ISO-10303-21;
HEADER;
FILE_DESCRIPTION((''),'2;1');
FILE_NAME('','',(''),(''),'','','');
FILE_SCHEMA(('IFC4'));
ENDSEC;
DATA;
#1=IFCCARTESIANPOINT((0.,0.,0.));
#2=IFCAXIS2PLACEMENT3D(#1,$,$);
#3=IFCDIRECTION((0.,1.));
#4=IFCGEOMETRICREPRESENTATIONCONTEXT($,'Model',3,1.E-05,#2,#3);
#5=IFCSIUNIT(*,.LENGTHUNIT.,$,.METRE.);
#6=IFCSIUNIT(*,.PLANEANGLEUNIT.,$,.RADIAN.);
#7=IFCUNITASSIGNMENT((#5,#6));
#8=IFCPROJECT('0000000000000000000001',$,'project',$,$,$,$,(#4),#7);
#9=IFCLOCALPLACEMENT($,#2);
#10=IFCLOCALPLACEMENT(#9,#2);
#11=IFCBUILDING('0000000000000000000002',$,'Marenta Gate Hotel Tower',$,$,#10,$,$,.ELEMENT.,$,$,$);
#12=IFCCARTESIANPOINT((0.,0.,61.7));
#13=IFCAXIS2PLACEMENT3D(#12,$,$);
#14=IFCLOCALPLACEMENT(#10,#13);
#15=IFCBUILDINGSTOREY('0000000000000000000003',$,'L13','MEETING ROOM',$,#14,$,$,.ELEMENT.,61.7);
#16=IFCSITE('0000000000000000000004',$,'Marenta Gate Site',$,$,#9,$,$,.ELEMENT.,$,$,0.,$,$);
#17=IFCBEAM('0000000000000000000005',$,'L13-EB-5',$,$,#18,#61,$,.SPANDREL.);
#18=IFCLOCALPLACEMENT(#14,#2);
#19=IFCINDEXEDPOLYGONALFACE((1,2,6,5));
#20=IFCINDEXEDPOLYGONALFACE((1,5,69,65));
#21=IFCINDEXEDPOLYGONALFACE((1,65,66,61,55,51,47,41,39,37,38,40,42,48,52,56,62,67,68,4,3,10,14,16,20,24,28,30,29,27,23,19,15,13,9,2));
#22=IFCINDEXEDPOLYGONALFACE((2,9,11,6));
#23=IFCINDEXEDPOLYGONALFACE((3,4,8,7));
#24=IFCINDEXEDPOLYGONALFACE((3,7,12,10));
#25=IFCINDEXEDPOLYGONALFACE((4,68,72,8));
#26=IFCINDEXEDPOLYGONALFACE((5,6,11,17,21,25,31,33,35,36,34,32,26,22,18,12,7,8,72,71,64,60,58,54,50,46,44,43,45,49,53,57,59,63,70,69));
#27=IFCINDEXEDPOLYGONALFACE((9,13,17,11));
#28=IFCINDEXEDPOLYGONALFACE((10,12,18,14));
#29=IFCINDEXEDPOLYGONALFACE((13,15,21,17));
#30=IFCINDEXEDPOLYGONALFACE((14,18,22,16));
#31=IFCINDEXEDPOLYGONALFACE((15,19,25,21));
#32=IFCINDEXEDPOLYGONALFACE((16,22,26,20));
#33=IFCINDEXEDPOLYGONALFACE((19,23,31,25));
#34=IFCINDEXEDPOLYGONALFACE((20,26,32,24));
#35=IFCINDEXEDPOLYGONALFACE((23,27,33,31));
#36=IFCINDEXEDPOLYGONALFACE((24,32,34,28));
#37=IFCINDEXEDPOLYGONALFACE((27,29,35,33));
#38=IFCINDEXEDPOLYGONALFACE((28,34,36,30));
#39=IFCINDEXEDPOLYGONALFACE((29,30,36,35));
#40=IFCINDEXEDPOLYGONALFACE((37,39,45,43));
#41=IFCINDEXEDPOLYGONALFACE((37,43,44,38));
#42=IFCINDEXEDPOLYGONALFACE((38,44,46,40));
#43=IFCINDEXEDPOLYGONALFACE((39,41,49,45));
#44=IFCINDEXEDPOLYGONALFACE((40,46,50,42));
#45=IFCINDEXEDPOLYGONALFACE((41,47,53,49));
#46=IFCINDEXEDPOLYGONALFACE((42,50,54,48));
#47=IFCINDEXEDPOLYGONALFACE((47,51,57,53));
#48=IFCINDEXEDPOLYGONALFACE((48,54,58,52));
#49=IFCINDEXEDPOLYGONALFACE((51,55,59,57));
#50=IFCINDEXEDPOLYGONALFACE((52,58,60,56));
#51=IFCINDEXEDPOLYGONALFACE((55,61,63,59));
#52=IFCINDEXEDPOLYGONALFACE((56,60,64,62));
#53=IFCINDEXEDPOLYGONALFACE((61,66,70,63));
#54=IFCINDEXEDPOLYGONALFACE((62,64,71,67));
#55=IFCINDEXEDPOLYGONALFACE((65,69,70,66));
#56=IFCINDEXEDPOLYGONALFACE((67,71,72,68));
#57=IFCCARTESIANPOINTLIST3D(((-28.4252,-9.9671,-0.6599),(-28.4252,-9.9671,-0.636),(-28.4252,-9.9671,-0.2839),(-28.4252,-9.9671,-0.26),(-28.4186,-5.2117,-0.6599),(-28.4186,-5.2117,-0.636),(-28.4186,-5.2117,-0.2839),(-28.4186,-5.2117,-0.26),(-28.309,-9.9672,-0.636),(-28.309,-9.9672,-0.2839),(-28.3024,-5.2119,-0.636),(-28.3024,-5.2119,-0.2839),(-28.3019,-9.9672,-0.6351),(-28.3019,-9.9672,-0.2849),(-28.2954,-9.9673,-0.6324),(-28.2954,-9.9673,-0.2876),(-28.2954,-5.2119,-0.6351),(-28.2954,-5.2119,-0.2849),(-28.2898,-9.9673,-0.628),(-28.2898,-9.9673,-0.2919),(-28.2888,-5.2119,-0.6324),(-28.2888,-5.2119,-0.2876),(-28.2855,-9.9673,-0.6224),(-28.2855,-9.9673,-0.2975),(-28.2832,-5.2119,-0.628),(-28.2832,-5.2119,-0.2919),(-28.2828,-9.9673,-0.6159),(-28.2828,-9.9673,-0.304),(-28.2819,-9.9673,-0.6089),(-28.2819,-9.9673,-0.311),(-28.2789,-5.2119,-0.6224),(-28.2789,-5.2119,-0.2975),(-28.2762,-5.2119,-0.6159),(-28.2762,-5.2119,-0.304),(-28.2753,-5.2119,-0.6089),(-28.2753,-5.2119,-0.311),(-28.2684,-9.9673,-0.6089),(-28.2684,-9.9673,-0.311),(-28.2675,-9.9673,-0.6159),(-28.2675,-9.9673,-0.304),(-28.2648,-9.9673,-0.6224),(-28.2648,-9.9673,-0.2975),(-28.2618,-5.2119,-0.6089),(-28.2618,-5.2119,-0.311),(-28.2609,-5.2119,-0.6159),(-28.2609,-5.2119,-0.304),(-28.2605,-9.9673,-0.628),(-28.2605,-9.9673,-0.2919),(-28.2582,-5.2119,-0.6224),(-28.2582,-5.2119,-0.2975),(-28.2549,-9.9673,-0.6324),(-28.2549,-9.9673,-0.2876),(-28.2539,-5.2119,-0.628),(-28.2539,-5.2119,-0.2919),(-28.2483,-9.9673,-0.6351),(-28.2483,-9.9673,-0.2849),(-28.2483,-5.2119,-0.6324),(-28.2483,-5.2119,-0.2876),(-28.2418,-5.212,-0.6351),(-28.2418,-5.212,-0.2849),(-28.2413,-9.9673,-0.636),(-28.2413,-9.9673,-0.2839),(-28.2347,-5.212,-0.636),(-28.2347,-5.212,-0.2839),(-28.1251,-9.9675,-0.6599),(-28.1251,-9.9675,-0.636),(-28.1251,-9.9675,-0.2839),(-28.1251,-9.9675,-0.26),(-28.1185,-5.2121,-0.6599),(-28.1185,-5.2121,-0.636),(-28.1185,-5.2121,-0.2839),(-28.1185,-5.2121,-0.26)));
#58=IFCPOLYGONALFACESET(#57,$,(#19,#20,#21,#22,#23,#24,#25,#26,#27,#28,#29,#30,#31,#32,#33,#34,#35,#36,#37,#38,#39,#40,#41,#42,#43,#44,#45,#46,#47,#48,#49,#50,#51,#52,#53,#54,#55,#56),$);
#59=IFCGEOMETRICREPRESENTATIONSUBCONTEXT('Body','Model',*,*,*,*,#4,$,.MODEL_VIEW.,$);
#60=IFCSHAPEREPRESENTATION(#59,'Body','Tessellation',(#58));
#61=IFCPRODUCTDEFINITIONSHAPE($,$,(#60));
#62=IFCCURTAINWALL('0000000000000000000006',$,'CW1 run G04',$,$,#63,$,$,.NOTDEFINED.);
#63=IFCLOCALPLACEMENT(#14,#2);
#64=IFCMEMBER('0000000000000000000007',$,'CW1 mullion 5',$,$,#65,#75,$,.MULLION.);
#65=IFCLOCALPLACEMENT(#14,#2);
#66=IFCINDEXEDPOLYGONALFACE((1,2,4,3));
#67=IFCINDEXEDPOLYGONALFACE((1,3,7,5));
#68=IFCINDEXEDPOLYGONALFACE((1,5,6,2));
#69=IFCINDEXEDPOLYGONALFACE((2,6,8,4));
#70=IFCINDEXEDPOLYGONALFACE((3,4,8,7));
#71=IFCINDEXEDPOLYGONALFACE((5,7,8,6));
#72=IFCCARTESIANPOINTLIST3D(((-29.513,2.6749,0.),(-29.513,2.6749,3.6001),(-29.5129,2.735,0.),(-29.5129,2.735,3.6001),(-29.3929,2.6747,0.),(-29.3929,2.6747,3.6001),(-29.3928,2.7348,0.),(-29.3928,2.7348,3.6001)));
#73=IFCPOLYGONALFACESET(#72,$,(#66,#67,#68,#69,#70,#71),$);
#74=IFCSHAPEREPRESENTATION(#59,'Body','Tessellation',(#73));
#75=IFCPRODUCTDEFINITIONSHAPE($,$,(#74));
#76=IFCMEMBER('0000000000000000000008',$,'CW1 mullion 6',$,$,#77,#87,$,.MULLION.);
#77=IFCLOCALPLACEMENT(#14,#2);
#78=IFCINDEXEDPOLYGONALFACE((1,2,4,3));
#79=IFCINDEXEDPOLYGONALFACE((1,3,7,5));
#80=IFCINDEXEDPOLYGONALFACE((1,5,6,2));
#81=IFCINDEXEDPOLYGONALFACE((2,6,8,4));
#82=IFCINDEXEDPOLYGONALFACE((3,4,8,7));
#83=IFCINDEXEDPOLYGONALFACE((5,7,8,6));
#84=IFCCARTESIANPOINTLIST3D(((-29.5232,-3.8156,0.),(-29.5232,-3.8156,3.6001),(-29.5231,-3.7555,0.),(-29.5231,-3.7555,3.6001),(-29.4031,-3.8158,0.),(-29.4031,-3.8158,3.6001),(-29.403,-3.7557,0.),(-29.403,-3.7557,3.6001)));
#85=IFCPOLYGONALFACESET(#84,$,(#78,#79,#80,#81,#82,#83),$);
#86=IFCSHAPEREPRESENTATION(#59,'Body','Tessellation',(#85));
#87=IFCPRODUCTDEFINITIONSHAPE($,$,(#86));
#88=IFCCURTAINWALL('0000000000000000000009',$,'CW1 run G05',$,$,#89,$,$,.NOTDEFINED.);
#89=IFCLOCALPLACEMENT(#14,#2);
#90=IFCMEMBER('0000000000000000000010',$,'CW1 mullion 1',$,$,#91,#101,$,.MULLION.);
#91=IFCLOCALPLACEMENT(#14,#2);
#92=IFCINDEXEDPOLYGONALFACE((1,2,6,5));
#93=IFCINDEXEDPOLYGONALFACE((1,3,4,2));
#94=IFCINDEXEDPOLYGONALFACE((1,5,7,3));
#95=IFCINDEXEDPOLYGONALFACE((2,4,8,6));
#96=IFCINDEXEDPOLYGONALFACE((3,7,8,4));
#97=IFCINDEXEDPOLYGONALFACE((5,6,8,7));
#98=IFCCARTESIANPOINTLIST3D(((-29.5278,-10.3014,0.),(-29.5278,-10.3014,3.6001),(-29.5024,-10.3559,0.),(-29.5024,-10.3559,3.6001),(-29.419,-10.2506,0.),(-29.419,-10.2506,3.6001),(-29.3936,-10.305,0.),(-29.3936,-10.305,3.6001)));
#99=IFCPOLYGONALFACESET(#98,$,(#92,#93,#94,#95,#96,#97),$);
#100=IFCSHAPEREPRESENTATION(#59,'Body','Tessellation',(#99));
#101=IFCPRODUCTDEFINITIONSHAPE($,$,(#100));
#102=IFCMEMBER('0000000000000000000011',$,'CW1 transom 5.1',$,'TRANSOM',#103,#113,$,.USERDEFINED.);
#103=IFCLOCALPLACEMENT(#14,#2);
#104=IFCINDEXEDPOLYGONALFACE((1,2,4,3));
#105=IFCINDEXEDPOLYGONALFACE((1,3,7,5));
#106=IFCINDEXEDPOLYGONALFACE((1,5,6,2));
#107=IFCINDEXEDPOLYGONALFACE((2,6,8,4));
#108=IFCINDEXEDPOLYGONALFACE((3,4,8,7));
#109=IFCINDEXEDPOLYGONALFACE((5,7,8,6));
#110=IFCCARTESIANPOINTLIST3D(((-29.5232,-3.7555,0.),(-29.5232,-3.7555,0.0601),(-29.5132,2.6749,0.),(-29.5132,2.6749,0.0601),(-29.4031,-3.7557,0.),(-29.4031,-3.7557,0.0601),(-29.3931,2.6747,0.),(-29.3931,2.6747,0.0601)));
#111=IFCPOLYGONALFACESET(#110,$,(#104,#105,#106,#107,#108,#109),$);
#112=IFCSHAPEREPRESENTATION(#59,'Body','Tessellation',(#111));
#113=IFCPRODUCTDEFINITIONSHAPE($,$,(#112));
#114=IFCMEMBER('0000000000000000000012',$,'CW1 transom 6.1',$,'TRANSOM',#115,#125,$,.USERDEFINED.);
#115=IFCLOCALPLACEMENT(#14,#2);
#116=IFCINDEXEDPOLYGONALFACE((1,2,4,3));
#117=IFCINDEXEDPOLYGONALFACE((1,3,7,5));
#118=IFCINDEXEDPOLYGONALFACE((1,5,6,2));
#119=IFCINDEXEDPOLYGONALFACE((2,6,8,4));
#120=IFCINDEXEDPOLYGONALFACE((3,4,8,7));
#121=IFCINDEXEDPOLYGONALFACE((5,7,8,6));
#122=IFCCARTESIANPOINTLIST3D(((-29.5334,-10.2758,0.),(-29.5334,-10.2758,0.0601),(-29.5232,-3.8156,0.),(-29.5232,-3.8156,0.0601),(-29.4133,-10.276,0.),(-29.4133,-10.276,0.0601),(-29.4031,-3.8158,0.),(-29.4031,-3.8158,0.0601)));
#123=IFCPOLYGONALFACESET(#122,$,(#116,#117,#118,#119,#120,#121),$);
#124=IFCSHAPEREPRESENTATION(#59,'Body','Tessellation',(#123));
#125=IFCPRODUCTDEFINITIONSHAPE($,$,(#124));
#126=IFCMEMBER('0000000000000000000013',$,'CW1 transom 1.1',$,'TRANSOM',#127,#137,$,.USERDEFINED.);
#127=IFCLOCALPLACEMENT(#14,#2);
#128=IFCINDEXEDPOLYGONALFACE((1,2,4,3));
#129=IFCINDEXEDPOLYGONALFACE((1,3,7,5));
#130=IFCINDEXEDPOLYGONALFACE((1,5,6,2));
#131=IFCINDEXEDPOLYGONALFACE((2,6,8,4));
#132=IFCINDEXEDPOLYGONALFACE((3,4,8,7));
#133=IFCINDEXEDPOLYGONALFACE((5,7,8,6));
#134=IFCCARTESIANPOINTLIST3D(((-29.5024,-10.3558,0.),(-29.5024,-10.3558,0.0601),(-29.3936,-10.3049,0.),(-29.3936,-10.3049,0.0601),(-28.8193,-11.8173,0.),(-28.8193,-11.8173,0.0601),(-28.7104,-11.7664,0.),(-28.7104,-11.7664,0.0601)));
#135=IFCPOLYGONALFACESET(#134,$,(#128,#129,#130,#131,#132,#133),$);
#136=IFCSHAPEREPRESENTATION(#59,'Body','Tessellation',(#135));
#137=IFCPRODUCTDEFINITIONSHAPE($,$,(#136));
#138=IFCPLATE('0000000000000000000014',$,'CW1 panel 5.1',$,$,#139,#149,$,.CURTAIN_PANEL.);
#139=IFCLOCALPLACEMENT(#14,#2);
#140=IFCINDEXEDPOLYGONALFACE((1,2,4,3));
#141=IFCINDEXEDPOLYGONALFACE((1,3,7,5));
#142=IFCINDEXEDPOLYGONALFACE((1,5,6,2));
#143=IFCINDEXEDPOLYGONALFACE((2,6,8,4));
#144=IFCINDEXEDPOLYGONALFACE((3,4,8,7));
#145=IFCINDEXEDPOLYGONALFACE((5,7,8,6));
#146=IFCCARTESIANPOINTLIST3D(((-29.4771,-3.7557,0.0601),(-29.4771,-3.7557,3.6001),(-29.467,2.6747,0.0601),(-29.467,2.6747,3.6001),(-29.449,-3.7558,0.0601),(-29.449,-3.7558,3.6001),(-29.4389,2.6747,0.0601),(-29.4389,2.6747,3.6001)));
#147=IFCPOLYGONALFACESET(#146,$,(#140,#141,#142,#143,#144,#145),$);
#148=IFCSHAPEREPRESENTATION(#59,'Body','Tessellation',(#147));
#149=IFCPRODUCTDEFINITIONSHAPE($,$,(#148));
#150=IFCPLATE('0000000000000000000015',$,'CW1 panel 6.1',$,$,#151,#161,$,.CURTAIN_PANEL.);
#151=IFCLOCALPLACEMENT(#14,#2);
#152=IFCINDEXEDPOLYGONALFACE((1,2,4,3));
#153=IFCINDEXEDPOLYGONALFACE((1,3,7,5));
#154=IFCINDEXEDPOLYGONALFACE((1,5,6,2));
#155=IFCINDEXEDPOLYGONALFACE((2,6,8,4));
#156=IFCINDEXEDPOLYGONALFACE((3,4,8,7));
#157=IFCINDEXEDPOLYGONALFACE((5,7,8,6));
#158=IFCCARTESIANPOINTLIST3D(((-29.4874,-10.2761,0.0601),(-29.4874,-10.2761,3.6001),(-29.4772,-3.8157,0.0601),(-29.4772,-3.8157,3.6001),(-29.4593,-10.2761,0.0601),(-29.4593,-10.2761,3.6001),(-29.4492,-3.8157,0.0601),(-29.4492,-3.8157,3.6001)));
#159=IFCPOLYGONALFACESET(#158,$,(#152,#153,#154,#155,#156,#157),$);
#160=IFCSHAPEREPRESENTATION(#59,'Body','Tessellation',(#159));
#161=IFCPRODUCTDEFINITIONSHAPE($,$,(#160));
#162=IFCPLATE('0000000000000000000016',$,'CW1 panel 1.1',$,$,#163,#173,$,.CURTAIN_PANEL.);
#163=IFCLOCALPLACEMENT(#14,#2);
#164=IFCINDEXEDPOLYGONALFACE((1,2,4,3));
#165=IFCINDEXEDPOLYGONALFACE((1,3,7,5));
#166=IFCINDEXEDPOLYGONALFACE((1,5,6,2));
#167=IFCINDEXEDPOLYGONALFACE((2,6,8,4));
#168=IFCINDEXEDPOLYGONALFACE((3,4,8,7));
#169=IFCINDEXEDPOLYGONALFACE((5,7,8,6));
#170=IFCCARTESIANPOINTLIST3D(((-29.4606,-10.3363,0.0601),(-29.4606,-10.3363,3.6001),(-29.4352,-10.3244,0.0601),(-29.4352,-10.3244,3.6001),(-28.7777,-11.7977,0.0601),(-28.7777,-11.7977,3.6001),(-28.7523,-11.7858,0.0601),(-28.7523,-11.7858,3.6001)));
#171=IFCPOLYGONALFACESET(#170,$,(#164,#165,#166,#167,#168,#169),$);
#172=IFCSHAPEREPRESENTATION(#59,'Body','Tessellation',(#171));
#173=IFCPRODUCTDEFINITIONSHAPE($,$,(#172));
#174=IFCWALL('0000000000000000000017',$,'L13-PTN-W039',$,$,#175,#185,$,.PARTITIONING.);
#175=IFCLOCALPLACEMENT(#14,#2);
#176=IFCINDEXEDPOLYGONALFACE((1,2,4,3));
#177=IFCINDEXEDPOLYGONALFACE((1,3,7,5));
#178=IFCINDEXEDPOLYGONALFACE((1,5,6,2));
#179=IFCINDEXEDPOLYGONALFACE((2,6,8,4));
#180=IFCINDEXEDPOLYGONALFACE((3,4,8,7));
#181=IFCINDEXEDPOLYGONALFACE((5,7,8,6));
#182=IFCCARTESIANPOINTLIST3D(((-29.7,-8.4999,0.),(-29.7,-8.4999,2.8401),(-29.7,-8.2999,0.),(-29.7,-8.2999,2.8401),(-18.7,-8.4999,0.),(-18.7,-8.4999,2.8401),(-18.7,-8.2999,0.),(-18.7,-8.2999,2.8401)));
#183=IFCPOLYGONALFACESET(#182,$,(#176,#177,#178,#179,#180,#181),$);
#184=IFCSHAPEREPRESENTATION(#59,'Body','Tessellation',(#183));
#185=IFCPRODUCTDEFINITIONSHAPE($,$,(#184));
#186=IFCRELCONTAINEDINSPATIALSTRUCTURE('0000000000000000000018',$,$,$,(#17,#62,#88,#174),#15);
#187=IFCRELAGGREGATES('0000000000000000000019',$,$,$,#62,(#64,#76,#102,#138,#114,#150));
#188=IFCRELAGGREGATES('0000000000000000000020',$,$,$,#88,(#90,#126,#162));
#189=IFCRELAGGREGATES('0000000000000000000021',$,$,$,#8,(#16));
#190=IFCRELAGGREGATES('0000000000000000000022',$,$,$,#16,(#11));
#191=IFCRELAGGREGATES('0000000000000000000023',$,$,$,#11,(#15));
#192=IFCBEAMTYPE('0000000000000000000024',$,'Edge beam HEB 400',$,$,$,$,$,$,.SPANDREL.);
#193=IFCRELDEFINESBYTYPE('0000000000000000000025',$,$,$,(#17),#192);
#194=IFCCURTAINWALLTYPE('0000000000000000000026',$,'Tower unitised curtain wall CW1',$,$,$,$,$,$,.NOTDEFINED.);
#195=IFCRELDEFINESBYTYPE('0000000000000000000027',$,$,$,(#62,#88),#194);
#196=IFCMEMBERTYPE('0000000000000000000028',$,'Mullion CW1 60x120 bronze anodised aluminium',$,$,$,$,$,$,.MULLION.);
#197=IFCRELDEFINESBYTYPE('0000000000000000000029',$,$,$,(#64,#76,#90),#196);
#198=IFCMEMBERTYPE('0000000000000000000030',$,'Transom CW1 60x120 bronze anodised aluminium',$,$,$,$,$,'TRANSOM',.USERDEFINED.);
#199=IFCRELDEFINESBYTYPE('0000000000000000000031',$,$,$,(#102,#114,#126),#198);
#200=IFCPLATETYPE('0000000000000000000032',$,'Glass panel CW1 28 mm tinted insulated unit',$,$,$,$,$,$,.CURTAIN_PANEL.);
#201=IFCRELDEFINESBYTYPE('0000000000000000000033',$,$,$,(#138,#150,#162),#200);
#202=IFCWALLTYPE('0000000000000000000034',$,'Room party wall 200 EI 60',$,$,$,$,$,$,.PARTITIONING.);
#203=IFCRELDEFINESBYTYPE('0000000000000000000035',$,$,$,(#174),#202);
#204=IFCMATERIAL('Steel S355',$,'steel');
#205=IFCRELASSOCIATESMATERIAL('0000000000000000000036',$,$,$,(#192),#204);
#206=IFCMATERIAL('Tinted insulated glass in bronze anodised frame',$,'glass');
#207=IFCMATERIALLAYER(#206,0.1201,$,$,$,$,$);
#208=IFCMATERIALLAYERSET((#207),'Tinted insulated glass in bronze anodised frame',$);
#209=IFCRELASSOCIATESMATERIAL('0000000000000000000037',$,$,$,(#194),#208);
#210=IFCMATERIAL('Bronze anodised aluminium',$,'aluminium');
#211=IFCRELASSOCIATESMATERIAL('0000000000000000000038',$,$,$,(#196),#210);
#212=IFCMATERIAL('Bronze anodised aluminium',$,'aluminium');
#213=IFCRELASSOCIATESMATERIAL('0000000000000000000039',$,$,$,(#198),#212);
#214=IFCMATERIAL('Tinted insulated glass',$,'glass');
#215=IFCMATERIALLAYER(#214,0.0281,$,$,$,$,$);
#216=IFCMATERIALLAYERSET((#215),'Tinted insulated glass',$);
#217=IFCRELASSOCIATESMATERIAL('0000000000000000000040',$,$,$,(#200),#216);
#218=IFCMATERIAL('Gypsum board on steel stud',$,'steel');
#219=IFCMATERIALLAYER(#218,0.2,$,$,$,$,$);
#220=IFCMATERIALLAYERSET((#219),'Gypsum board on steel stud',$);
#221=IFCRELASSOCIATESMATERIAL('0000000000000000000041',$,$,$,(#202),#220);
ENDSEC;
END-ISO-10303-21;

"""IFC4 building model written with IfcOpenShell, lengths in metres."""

from ifc_helpers import new_model, si_unit, direction, frame, frame_2d, origin, origin_2d, place, context, subcontext, project, spatial, rectangle, i_section, extrude, material, layer, layer_set, material_profile, profile_set, type_object, element, aggregate, save


model = new_model("IFC4")

# Units and contexts
model_context = context("Model", 3, precision=1e-05, world=origin(), true_north=direction((0.0, 1.0)))
body_context = subcontext(model_context, "Body", "Model", "MODEL_VIEW")
ifc_project = project(units=[si_unit("LENGTHUNIT", "METRE"), si_unit("PLANEANGLEUNIT", "RADIAN")], contexts=[model_context])

# Site, building, storey
site_placement = place(None, origin())
site = spatial("IfcSite", under=ifc_project, at=site_placement, Name="Marenta Gate Site", CompositionType="ELEMENT", RefElevation=0.0)
building_placement = place(site_placement, origin())
building = spatial("IfcBuilding", under=site, at=building_placement, Name="Marenta Gate Hotel Tower", CompositionType="ELEMENT")
storey_placement = place(building_placement, frame((0.0, 0.0, 61.7)))
storey = spatial("IfcBuildingStorey", under=building, at=storey_placement, Name="L13", Description="MEETING ROOM", CompositionType="ELEMENT", Elevation=61.7)

# Beam
ifc_material_1 = material(Name="Steel S355", Category="steel")
ifc_material_profile_1 = material_profile(ifc_material_1, i_section(OverallWidth=0.3, OverallDepth=0.3999, WebThickness=0.0134, FlangeThickness=0.0239, FilletRadius=0.0271, at=origin_2d()), Name="HEB 400")
ifc_profile_set_1 = profile_set([ifc_material_profile_1], Name="Steel S355")
beam_type = type_object("IfcBeamType", Name="Edge beam HEB 400", PredefinedType="SPANDREL", material=ifc_profile_set_1)
beam_placement = place(storey_placement, frame((-28.2751, -9.9673, -0.46), z_axis=(0.001386, 0.999999, 0.0), x_axis=(-0.999999, 0.001386, 0.0)))
element("IfcBeam", 1, at=beam_placement, inside=storey, type_object=beam_type, Name="L13-EB-5", PredefinedType="SPANDREL", context=body_context, shape_type="SweptSolid", body=[
    extrude(i_section(OverallWidth=0.3, OverallDepth=0.3999, WebThickness=0.0134, FlangeThickness=0.0239, FilletRadius=0.0271, at=origin_2d()), origin(), (0.0, 0.0, 1.0), 4.7554),
])

# Curtain wall, members
ifc_material_2 = material(Name="Tinted insulated glass in bronze anodised frame", Category="glass")
ifc_layer_1 = layer(ifc_material_2, 0.1201)
ifc_layer_set_1 = layer_set([ifc_layer_1], Name="Tinted insulated glass in bronze anodised frame")
curtain_wall_type = type_object("IfcCurtainWallType", Name="Tower unitised curtain wall CW1", PredefinedType="NOTDEFINED", material=ifc_layer_set_1)
curtain_wall_1_placement = place(storey_placement, origin())
curtain_wall_1 = element("IfcCurtainWall", 2, at=curtain_wall_1_placement, inside=storey, type_object=curtain_wall_type, Name="CW1 run G04", PredefinedType="NOTDEFINED")
ifc_material_3 = material(Name="Bronze anodised aluminium", Category="aluminium")
ifc_material_profile_2 = material_profile(ifc_material_3, rectangle(XDim=0.1201, YDim=0.0601, at=origin_2d()), Name="Mullion CW1 60x120 bronze anodised aluminium")
ifc_profile_set_2 = profile_set([ifc_material_profile_2], Name="Bronze anodised aluminium")
member_type_1 = type_object("IfcMemberType", Name="Mullion CW1 60x120 bronze anodised aluminium", PredefinedType="MULLION", material=ifc_profile_set_2)
member_1_placement = place(storey_placement, frame((-29.4529, 2.7048, 0.0), z_axis=(0.0, 0.0, 1.0), x_axis=(0.999999, -0.001566, 0.0)))
member_1 = element("IfcMember", 3, at=member_1_placement, type_object=member_type_1, Name="CW1 mullion 5", PredefinedType="MULLION", context=body_context, shape_type="SweptSolid", body=[
    extrude(rectangle(XDim=0.1201, YDim=0.0601, at=origin_2d()), origin(), (0.0, 0.0, 1.0), 3.6001),
])
member_2_placement = place(storey_placement, frame((-29.4631, -3.7856, 0.0), z_axis=(0.0, 0.0, 1.0), x_axis=(0.999999, -0.001566, 0.0)))
member_2 = element("IfcMember", 4, at=member_2_placement, type_object=member_type_1, Name="CW1 mullion 6", PredefinedType="MULLION", context=body_context, shape_type="SweptSolid", body=[
    extrude(rectangle(XDim=0.1201, YDim=0.0601, at=origin_2d()), origin(), (0.0, 0.0, 1.0), 3.6001),
])

# Curtain wall, member
curtain_wall_2_placement = place(storey_placement, origin())
curtain_wall_2 = element("IfcCurtainWall", 5, at=curtain_wall_2_placement, inside=storey, type_object=curtain_wall_type, Name="CW1 run G05", PredefinedType="NOTDEFINED")
member_3_placement = place(storey_placement, frame((-29.4607, -10.3032, 0.0), z_axis=(0.0, 0.0, 1.0), x_axis=(0.905971, 0.42334, 0.0)))
member_3 = element("IfcMember", 6, at=member_3_placement, type_object=member_type_1, Name="CW1 mullion 1", PredefinedType="MULLION", context=body_context, shape_type="SweptSolid", body=[
    extrude(rectangle(XDim=0.1201, YDim=0.0601, at=origin_2d()), origin(), (0.0, 0.0, 1.0), 3.6001),
])

# Members
ifc_material_4 = material(Name="Bronze anodised aluminium", Category="aluminium")
ifc_material_profile_3 = material_profile(ifc_material_4, rectangle(XDim=0.1201, YDim=0.0601, at=origin_2d()), Name="Transom CW1 60x120 bronze anodised aluminium")
ifc_profile_set_3 = profile_set([ifc_material_profile_3], Name="Bronze anodised aluminium")
member_type_2 = type_object("IfcMemberType", Name="Transom CW1 60x120 bronze anodised aluminium", ElementType="TRANSOM", PredefinedType="USERDEFINED", material=ifc_profile_set_3)
member_4_placement = place(storey_placement, frame((-29.4531, 2.6748, 0.03), z_axis=(-0.001557, -0.999999, 0.0), x_axis=(0.999999, -0.001557, 0.0)))
member_4 = element("IfcMember", 7, at=member_4_placement, type_object=member_type_2, Name="CW1 transom 5.1", ObjectType="TRANSOM", PredefinedType="USERDEFINED", context=body_context, shape_type="SweptSolid", body=[
    extrude(rectangle(XDim=0.1201, YDim=0.0601, at=origin_2d()), origin(), (0.0, 0.0, 1.0), 6.4304),
])
member_5_placement = place(storey_placement, frame((-29.4631, -3.8157, 0.03), z_axis=(-0.001587, -0.999999, 0.0), x_axis=(0.999999, -0.001587, 0.0)))
member_5 = element("IfcMember", 8, at=member_5_placement, type_object=member_type_2, Name="CW1 transom 6.1", ObjectType="TRANSOM", PredefinedType="USERDEFINED", context=body_context, shape_type="SweptSolid", body=[
    extrude(rectangle(XDim=0.1201, YDim=0.0601, at=origin_2d()), origin(), (0.0, 0.0, 1.0), 6.4602),
])
member_6_placement = place(storey_placement, frame((-29.448, -10.3303, 0.03), z_axis=(0.423449, -0.90592, 0.0), x_axis=(0.90592, 0.423449, 0.0)))
member_6 = element("IfcMember", 9, at=member_6_placement, type_object=member_type_2, Name="CW1 transom 1.1", ObjectType="TRANSOM", PredefinedType="USERDEFINED", context=body_context, shape_type="SweptSolid", body=[
    extrude(rectangle(XDim=0.1201, YDim=0.0601, at=origin_2d()), origin(), (0.0, 0.0, 1.0), 1.6133),
])

# Plates
ifc_material_5 = material(Name="Tinted insulated glass", Category="glass")
ifc_layer_2 = layer(ifc_material_5, 0.0281)
ifc_layer_set_2 = layer_set([ifc_layer_2], Name="Tinted insulated glass")
plate_type = type_object("IfcPlateType", Name="Glass panel CW1 28 mm tinted insulated unit", PredefinedType="CURTAIN_PANEL", material=ifc_layer_set_2)
plate_1_placement = place(storey_placement, frame((-29.458, -0.5405, 0.0601), z_axis=(0.0, 0.0, 1.0), x_axis=(-0.001566, -0.999999, 0.0)))
plate_1 = element("IfcPlate", 10, at=plate_1_placement, type_object=plate_type, Name="CW1 panel 5.1", PredefinedType="CURTAIN_PANEL", context=body_context, shape_type="SweptSolid", body=[
    extrude(rectangle(XDim=6.4304, YDim=0.0281, at=origin_2d()), origin(), (0.0, 0.0, 1.0), 3.54),
])
plate_2_placement = place(storey_placement, frame((-29.4683, -7.0459, 0.0601), z_axis=(0.0, 0.0, 1.0), x_axis=(-0.001566, -0.999999, 0.0)))
plate_2 = element("IfcPlate", 11, at=plate_2_placement, type_object=plate_type, Name="CW1 panel 6.1", PredefinedType="CURTAIN_PANEL", context=body_context, shape_type="SweptSolid", body=[
    extrude(rectangle(XDim=6.4604, YDim=0.0281, at=origin_2d()), origin(), (0.0, 0.0, 1.0), 3.54),
])
aggregate(curtain_wall_1, [member_1, member_2, member_4, plate_1, member_5, plate_2])
plate_3_placement = place(storey_placement, frame((-29.1064, -11.061, 0.0601), z_axis=(0.0, 0.0, 1.0), x_axis=(0.42334, -0.905971, 0.0)))
plate_3 = element("IfcPlate", 12, at=plate_3_placement, type_object=plate_type, Name="CW1 panel 1.1", PredefinedType="CURTAIN_PANEL", context=body_context, shape_type="SweptSolid", body=[
    extrude(rectangle(XDim=1.613, YDim=0.0281, at=origin_2d()), origin(), (0.0, 0.0, 1.0), 3.54),
])
aggregate(curtain_wall_2, [member_3, member_6, plate_3])

# Wall
ifc_material_6 = material(Name="Gypsum board on steel stud", Category="steel")
ifc_layer_3 = layer(ifc_material_6, 0.2)
ifc_layer_set_3 = layer_set([ifc_layer_3], Name="Gypsum board on steel stud")
wall_type = type_object("IfcWallType", Name="Room party wall 200 EI 60", PredefinedType="PARTITIONING", material=ifc_layer_set_3)
wall_1_placement = place(storey_placement, frame((-29.7, -8.3999, 0.0), z_axis=(0.0, 0.0, 1.0), x_axis=(1.0, 0.0, 0.0)))
element("IfcWall", 13, at=wall_1_placement, inside=storey, type_object=wall_type, Name="L13-PTN-W039", PredefinedType="PARTITIONING", context=body_context, shape_type="SweptSolid", body=[
    extrude(rectangle(XDim=11.0, YDim=0.2, at=frame_2d((5.5, 0.0))), origin(), (0.0, 0.0, 1.0), 2.8401),
])

save(model, "model.ifc")
